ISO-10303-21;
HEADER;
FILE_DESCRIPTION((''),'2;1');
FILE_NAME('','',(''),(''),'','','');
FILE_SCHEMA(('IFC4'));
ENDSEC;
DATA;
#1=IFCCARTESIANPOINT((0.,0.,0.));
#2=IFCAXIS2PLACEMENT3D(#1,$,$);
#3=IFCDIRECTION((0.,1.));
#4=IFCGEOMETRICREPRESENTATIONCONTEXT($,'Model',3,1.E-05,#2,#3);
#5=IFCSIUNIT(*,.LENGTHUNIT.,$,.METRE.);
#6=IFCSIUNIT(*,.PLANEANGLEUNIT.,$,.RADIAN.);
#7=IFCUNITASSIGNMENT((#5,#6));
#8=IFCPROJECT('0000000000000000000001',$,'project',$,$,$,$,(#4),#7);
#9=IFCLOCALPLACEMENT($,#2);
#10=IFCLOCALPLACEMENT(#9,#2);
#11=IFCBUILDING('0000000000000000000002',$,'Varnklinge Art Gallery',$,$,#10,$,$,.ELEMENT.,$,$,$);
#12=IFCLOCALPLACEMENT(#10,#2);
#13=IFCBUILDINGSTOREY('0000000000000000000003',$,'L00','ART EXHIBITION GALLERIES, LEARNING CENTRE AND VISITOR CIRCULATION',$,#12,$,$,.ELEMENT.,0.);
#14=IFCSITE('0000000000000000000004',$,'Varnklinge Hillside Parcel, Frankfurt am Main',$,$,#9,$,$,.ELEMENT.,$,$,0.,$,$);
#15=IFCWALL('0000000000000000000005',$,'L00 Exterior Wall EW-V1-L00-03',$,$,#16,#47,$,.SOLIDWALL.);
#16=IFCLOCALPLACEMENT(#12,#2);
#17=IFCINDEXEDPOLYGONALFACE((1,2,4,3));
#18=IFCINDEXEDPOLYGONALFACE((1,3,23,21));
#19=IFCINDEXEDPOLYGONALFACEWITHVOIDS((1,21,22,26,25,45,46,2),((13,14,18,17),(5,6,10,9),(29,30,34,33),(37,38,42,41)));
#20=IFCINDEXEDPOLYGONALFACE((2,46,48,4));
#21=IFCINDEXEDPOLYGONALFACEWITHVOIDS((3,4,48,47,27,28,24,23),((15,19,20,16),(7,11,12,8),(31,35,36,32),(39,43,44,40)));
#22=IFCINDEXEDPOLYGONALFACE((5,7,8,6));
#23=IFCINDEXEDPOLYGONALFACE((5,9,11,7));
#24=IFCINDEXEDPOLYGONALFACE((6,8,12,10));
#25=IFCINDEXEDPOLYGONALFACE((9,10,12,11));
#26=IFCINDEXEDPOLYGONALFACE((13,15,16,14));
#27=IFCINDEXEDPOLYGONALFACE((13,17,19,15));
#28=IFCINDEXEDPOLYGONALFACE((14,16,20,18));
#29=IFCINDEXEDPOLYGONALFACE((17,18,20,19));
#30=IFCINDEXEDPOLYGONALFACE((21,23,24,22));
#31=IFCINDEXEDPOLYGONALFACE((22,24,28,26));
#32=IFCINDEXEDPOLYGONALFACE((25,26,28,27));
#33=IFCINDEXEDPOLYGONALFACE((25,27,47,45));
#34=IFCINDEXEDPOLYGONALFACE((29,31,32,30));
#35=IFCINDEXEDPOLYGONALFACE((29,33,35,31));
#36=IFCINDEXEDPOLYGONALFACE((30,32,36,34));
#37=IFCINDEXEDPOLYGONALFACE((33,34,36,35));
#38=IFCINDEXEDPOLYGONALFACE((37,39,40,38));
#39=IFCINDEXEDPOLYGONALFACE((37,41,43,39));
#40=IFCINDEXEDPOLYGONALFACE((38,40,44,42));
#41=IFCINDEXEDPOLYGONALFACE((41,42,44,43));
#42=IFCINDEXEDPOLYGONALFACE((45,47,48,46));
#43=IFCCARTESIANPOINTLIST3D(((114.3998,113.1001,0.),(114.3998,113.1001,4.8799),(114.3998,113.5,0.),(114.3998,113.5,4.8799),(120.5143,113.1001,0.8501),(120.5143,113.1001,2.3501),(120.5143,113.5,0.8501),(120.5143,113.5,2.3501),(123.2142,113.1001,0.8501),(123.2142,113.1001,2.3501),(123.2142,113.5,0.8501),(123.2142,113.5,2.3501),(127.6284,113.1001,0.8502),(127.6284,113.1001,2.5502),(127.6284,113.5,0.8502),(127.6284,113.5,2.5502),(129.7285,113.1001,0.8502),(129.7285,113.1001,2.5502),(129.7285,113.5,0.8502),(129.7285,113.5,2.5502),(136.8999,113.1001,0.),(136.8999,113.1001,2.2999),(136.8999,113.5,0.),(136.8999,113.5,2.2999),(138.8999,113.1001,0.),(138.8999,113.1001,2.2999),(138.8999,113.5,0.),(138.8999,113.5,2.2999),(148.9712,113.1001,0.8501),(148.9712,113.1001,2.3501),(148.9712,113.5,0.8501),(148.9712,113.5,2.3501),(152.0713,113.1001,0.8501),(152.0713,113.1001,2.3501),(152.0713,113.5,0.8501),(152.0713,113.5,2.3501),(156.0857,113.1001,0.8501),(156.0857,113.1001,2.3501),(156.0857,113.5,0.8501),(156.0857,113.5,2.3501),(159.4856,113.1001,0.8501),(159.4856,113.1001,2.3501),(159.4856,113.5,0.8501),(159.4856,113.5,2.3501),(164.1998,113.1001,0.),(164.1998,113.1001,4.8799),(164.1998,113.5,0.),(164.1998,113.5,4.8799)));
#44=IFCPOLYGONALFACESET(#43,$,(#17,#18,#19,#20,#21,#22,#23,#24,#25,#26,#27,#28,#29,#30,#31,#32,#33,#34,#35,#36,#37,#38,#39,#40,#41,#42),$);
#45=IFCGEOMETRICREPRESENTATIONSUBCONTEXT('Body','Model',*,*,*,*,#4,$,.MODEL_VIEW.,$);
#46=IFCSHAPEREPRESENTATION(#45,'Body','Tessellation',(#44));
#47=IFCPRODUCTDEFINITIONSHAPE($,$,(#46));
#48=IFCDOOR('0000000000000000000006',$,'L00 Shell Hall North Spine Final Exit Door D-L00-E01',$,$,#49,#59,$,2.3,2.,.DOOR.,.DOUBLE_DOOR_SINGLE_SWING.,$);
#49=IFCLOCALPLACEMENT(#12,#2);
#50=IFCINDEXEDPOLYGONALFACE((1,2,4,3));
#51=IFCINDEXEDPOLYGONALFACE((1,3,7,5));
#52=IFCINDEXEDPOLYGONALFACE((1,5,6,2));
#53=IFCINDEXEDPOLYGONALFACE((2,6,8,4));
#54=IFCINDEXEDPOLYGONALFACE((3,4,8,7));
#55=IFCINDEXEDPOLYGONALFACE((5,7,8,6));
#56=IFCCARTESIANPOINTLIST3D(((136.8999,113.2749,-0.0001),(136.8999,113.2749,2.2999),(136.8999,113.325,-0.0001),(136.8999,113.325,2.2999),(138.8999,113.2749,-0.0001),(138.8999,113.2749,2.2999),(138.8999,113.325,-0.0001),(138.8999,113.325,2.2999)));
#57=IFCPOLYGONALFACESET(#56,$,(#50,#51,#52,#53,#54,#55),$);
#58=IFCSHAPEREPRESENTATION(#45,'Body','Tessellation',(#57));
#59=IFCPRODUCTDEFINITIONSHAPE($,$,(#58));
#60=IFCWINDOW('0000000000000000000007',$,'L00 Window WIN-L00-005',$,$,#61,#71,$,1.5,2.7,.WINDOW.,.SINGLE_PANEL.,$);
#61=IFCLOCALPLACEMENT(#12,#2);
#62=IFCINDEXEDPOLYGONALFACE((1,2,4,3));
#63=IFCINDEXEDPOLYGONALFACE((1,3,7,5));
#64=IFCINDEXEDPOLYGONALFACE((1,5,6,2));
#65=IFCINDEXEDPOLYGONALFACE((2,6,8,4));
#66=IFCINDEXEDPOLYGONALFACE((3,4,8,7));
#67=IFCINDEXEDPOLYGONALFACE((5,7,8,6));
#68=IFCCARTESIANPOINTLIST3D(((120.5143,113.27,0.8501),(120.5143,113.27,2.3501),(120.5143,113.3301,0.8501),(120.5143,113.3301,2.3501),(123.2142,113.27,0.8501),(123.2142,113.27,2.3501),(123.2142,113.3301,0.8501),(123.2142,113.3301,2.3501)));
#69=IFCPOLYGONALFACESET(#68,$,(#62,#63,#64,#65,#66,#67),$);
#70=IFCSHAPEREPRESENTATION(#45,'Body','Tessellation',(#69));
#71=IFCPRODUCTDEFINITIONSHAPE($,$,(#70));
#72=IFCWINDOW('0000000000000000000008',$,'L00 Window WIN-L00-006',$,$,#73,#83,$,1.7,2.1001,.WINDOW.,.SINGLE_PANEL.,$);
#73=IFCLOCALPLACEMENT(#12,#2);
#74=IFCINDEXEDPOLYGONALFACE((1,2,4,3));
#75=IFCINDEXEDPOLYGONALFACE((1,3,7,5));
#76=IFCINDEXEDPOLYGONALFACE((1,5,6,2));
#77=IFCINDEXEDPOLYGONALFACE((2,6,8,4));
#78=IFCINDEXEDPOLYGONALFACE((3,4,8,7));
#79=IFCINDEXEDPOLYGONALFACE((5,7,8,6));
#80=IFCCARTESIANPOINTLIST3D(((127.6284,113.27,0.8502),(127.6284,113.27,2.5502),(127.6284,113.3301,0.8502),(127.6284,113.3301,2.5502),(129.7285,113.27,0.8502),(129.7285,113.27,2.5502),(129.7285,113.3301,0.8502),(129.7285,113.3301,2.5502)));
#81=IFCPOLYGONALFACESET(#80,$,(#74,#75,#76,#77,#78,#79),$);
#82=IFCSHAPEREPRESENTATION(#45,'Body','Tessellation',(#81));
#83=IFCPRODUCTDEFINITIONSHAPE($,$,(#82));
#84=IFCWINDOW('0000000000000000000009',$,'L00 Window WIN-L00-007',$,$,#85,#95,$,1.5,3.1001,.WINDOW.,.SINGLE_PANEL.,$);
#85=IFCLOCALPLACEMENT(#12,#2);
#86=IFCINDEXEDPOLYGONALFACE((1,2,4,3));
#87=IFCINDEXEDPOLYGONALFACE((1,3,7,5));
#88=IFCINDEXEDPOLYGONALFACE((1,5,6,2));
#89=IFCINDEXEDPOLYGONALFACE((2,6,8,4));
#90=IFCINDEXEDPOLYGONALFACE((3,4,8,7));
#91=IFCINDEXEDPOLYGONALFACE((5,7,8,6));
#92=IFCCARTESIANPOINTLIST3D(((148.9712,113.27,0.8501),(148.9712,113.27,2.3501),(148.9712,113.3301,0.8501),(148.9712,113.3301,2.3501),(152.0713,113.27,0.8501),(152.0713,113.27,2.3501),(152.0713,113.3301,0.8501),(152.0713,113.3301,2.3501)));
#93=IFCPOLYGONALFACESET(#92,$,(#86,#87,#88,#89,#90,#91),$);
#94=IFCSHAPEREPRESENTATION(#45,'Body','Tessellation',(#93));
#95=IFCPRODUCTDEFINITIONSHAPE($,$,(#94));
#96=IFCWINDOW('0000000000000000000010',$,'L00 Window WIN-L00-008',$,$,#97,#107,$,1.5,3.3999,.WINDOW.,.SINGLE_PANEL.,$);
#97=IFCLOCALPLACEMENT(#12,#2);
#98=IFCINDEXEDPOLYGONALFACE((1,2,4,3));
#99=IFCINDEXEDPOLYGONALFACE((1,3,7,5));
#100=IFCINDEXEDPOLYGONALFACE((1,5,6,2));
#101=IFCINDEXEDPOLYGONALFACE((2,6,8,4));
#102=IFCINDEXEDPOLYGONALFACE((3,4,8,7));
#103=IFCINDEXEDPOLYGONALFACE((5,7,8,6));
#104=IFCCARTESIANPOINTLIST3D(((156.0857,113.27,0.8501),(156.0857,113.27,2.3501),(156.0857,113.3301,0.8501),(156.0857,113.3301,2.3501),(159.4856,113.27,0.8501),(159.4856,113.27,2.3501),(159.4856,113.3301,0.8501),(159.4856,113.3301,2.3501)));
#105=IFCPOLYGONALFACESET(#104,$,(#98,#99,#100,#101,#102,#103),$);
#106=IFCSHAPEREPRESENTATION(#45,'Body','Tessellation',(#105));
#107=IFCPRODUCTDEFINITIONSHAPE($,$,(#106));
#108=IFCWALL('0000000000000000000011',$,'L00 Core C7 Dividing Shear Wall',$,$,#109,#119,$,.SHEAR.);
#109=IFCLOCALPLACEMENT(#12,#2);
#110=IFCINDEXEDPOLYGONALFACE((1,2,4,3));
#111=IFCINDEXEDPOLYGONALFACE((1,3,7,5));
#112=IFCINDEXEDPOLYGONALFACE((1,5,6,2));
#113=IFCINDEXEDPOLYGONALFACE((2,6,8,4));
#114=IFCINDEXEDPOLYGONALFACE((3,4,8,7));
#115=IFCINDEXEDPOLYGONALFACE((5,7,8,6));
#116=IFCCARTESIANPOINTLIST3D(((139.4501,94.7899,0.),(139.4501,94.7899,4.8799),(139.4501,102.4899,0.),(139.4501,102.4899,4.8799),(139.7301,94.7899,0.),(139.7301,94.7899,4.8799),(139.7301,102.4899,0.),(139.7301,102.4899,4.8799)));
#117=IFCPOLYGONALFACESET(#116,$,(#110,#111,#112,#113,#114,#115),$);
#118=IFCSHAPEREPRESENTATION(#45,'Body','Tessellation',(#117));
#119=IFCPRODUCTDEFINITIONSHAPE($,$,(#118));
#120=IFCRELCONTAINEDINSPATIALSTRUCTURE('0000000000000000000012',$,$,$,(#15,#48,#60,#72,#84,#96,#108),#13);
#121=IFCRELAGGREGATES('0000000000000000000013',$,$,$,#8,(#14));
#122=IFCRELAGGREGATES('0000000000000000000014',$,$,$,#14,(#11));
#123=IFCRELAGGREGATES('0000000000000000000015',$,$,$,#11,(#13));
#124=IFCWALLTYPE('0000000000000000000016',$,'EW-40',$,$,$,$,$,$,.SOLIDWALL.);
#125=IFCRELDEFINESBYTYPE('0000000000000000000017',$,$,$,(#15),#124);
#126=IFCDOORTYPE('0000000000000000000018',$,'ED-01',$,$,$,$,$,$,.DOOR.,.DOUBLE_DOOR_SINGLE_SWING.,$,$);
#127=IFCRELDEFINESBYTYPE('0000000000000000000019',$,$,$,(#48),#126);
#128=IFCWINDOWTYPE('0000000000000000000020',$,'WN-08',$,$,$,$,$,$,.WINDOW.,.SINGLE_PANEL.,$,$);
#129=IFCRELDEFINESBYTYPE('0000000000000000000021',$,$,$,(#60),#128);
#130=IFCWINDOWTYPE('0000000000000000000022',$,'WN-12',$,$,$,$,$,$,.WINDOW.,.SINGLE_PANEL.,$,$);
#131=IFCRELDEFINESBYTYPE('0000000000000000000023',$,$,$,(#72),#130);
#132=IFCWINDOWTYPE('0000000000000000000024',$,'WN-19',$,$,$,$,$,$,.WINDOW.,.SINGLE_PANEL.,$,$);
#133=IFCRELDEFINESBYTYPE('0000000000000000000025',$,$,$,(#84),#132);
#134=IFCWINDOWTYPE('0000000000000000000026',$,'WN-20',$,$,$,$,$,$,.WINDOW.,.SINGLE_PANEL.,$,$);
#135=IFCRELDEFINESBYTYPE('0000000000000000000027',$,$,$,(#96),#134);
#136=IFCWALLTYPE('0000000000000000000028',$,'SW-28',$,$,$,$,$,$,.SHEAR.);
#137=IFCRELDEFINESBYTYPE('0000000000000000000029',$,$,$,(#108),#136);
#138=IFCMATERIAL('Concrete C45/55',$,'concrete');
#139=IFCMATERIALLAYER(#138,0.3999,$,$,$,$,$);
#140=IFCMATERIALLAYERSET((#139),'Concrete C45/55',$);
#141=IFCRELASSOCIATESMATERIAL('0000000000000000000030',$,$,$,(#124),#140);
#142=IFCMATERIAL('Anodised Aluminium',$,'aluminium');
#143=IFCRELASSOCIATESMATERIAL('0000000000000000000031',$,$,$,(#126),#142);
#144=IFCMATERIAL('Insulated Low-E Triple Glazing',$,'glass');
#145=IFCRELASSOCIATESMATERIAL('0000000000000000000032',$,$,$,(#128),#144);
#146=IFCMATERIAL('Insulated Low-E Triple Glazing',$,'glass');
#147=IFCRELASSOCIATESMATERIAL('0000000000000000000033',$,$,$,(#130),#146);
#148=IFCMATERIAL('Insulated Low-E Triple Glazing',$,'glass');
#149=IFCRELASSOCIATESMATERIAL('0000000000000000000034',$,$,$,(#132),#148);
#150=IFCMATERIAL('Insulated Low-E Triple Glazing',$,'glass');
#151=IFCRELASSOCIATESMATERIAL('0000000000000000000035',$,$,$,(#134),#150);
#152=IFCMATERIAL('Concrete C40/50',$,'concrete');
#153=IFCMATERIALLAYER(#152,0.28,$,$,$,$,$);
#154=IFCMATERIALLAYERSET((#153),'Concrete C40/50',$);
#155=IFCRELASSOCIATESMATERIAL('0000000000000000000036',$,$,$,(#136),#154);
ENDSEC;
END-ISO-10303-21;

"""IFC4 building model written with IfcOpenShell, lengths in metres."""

from ifc_helpers import new_model, si_unit, direction, frame, frame_2d, origin, place, context, subcontext, project, spatial, rectangle, extrude, material, layer, layer_set, type_object, element, fill, save


model = new_model("IFC4")

# Units and contexts
model_context = context("Model", 3, precision=1e-05, world=origin(), true_north=direction((0.0, 1.0)))
body_context = subcontext(model_context, "Body", "Model", "MODEL_VIEW")
ifc_project = project(units=[si_unit("LENGTHUNIT", "METRE"), si_unit("PLANEANGLEUNIT", "RADIAN")], contexts=[model_context])

# Site, building, storey
site_placement = place(None, origin())
site = spatial("IfcSite", under=ifc_project, at=site_placement, Name="Varnklinge Hillside Parcel, Frankfurt am Main", CompositionType="ELEMENT", RefElevation=0.0)
building_placement = place(site_placement, origin())
building = spatial("IfcBuilding", under=site, at=building_placement, Name="Varnklinge Art Gallery", CompositionType="ELEMENT")
storey_placement = place(building_placement, origin())
storey = spatial("IfcBuildingStorey", under=building, at=storey_placement, Name="L00", Description="ART EXHIBITION GALLERIES, LEARNING CENTRE AND VISITOR CIRCULATION", CompositionType="ELEMENT", Elevation=0.0)

# Wall, openings, door, windows
ifc_material_1 = material(Name="Concrete C45/55", Category="concrete")
ifc_layer_1 = layer(ifc_material_1, 0.3999)
ifc_layer_set_1 = layer_set([ifc_layer_1], Name="Concrete C45/55")
wall_type_1 = type_object("IfcWallType", Name="EW-40", PredefinedType="SOLIDWALL", material=ifc_layer_set_1)
wall_1_placement = place(storey_placement, frame((114.3999, 113.3, 0.0), z_axis=(0.0, 0.0, 1.0), x_axis=(1.0, 0.0, 0.0)))
wall_1 = element("IfcWall", 1, at=wall_1_placement, inside=storey, type_object=wall_type_1, Name="L00 Exterior Wall EW-V1-L00-03", PredefinedType="SOLIDWALL", context=body_context, shape_type="SweptSolid", body=[
    extrude(rectangle(XDim=49.8, YDim=0.3999, at=frame_2d((24.8999, 0.0))), origin(), (0.0, 0.0, 1.0), 4.8799),
])
opening_1_placement = place(wall_1_placement, frame((22.5, 0.0, 0.0)))
opening_1 = element("IfcOpeningElement", 2, at=opening_1_placement, cuts=wall_1, PredefinedType="OPENING", context=body_context, shape_type="SweptSolid", body=[
    extrude(rectangle(XDim=2.0, YDim=2.3, at=frame_2d((1.0, 1.1499))), frame((0.0, 0.21, 0.0), z_axis=(0.0, -1.0, 0.0), x_axis=(1.0, 0.0, 0.0)), (0.0, 0.0, 1.0), 0.4199),
])
opening_2_placement = place(wall_1_placement, frame((6.1143, 0.0, 0.8501)))
opening_2 = element("IfcOpeningElement", 3, at=opening_2_placement, cuts=wall_1, PredefinedType="OPENING", context=body_context, shape_type="SweptSolid", body=[
    extrude(rectangle(XDim=2.7, YDim=1.5, at=frame_2d((1.3501, 0.75))), frame((0.0, 0.21, 0.0), z_axis=(0.0, -1.0, 0.0), x_axis=(1.0, 0.0, 0.0)), (0.0, 0.0, 1.0), 0.4199),
])
opening_3_placement = place(wall_1_placement, frame((13.2285, 0.0, 0.8501)))
opening_3 = element("IfcOpeningElement", 4, at=opening_3_placement, cuts=wall_1, PredefinedType="OPENING", context=body_context, shape_type="SweptSolid", body=[
    extrude(rectangle(XDim=2.1001, YDim=1.7, at=frame_2d((1.05, 0.8501))), frame((0.0, 0.21, 0.0), z_axis=(0.0, -1.0, 0.0), x_axis=(1.0, 0.0, 0.0)), (0.0, 0.0, 1.0), 0.4199),
])
opening_4_placement = place(wall_1_placement, frame((34.5713, 0.0, 0.8501)))
opening_4 = element("IfcOpeningElement", 5, at=opening_4_placement, cuts=wall_1, PredefinedType="OPENING", context=body_context, shape_type="SweptSolid", body=[
    extrude(rectangle(XDim=3.1001, YDim=1.5, at=frame_2d((1.55, 0.75))), frame((0.0, 0.21, 0.0), z_axis=(0.0, -1.0, 0.0), x_axis=(1.0, 0.0, 0.0)), (0.0, 0.0, 1.0), 0.4199),
])
opening_5_placement = place(wall_1_placement, frame((41.6858, 0.0, 0.8501)))
opening_5 = element("IfcOpeningElement", 6, at=opening_5_placement, cuts=wall_1, PredefinedType="OPENING", context=body_context, shape_type="SweptSolid", body=[
    extrude(rectangle(XDim=3.3999, YDim=1.5, at=frame_2d((1.7, 0.75))), frame((0.0, 0.21, 0.0), z_axis=(0.0, -1.0, 0.0), x_axis=(1.0, 0.0, 0.0)), (0.0, 0.0, 1.0), 0.4199),
])
ifc_material_2 = material(Name="Anodised Aluminium", Category="aluminium")
door_type = type_object("IfcDoorType", Name="ED-01", OperationType="DOUBLE_DOOR_SINGLE_SWING", PredefinedType="DOOR", material=ifc_material_2)
door_placement = place(opening_1_placement, origin())
door = element("IfcDoor", 7, at=door_placement, inside=storey, type_object=door_type, Name="L00 Shell Hall North Spine Final Exit Door D-L00-E01", OperationType="DOUBLE_DOOR_SINGLE_SWING", OverallHeight=2.3, OverallWidth=2.0, PredefinedType="DOOR", context=body_context, shape_type="SweptSolid", body=[
    extrude(rectangle(XDim=2.0, YDim=2.3, at=frame_2d((1.0, 1.1499))), frame((0.0, 0.0249, 0.0), z_axis=(0.0, -1.0, 0.0), x_axis=(1.0, 0.0, 0.0)), (0.0, 0.0, 1.0), 0.05),
])
fill(opening_1, door)
ifc_material_3 = material(Name="Insulated Low-E Triple Glazing", Category="glass")
window_type_1 = type_object("IfcWindowType", Name="WN-08", PartitioningType="SINGLE_PANEL", PredefinedType="WINDOW", material=ifc_material_3)
window_1_placement = place(opening_2_placement, origin())
window_1 = element("IfcWindow", 8, at=window_1_placement, inside=storey, type_object=window_type_1, Name="L00 Window WIN-L00-005", OverallHeight=1.5, OverallWidth=2.7, PartitioningType="SINGLE_PANEL", PredefinedType="WINDOW", context=body_context, shape_type="SweptSolid", body=[
    extrude(rectangle(XDim=2.7, YDim=1.5, at=frame_2d((1.3501, 0.75))), frame((0.0, 0.03, 0.0), z_axis=(0.0, -1.0, 0.0), x_axis=(1.0, 0.0, 0.0)), (0.0, 0.0, 1.0), 0.0601),
])
fill(opening_2, window_1)
ifc_material_4 = material(Name="Insulated Low-E Triple Glazing", Category="glass")
window_type_2 = type_object("IfcWindowType", Name="WN-12", PartitioningType="SINGLE_PANEL", PredefinedType="WINDOW", material=ifc_material_4)
window_2_placement = place(opening_3_placement, origin())
window_2 = element("IfcWindow", 9, at=window_2_placement, inside=storey, type_object=window_type_2, Name="L00 Window WIN-L00-006", OverallHeight=1.7, OverallWidth=2.1001, PartitioningType="SINGLE_PANEL", PredefinedType="WINDOW", context=body_context, shape_type="SweptSolid", body=[
    extrude(rectangle(XDim=2.1001, YDim=1.7, at=frame_2d((1.05, 0.8501))), frame((0.0, 0.03, 0.0), z_axis=(0.0, -1.0, 0.0), x_axis=(1.0, 0.0, 0.0)), (0.0, 0.0, 1.0), 0.0601),
])
fill(opening_3, window_2)
ifc_material_5 = material(Name="Insulated Low-E Triple Glazing", Category="glass")
window_type_3 = type_object("IfcWindowType", Name="WN-19", PartitioningType="SINGLE_PANEL", PredefinedType="WINDOW", material=ifc_material_5)
window_3_placement = place(opening_4_placement, origin())
window_3 = element("IfcWindow", 10, at=window_3_placement, inside=storey, type_object=window_type_3, Name="L00 Window WIN-L00-007", OverallHeight=1.5, OverallWidth=3.1001, PartitioningType="SINGLE_PANEL", PredefinedType="WINDOW", context=body_context, shape_type="SweptSolid", body=[
    extrude(rectangle(XDim=3.1001, YDim=1.5, at=frame_2d((1.55, 0.75))), frame((0.0, 0.03, 0.0), z_axis=(0.0, -1.0, 0.0), x_axis=(1.0, 0.0, 0.0)), (0.0, 0.0, 1.0), 0.0601),
])
fill(opening_4, window_3)
ifc_material_6 = material(Name="Insulated Low-E Triple Glazing", Category="glass")
window_type_4 = type_object("IfcWindowType", Name="WN-20", PartitioningType="SINGLE_PANEL", PredefinedType="WINDOW", material=ifc_material_6)
window_4_placement = place(opening_5_placement, origin())
window_4 = element("IfcWindow", 11, at=window_4_placement, inside=storey, type_object=window_type_4, Name="L00 Window WIN-L00-008", OverallHeight=1.5, OverallWidth=3.3999, PartitioningType="SINGLE_PANEL", PredefinedType="WINDOW", context=body_context, shape_type="SweptSolid", body=[
    extrude(rectangle(XDim=3.3999, YDim=1.5, at=frame_2d((1.7, 0.75))), frame((0.0, 0.03, 0.0), z_axis=(0.0, -1.0, 0.0), x_axis=(1.0, 0.0, 0.0)), (0.0, 0.0, 1.0), 0.0601),
])
fill(opening_5, window_4)

# Wall
ifc_material_7 = material(Name="Concrete C40/50", Category="concrete")
ifc_layer_2 = layer(ifc_material_7, 0.28)
ifc_layer_set_2 = layer_set([ifc_layer_2], Name="Concrete C40/50")
wall_type_2 = type_object("IfcWallType", Name="SW-28", PredefinedType="SHEAR", material=ifc_layer_set_2)
wall_2_placement = place(storey_placement, frame((139.5901, 102.49, 0.0), z_axis=(0.0, 0.0, 1.0), x_axis=(0.0, -1.0, 0.0)))
element("IfcWall", 12, at=wall_2_placement, inside=storey, type_object=wall_type_2, Name="L00 Core C7 Dividing Shear Wall", PredefinedType="SHEAR", context=body_context, shape_type="SweptSolid", body=[
    extrude(rectangle(XDim=7.7, YDim=0.28, at=frame_2d((3.8501, 0.0))), origin(), (0.0, 0.0, 1.0), 4.8799),
])

save(model, "model.ifc")
